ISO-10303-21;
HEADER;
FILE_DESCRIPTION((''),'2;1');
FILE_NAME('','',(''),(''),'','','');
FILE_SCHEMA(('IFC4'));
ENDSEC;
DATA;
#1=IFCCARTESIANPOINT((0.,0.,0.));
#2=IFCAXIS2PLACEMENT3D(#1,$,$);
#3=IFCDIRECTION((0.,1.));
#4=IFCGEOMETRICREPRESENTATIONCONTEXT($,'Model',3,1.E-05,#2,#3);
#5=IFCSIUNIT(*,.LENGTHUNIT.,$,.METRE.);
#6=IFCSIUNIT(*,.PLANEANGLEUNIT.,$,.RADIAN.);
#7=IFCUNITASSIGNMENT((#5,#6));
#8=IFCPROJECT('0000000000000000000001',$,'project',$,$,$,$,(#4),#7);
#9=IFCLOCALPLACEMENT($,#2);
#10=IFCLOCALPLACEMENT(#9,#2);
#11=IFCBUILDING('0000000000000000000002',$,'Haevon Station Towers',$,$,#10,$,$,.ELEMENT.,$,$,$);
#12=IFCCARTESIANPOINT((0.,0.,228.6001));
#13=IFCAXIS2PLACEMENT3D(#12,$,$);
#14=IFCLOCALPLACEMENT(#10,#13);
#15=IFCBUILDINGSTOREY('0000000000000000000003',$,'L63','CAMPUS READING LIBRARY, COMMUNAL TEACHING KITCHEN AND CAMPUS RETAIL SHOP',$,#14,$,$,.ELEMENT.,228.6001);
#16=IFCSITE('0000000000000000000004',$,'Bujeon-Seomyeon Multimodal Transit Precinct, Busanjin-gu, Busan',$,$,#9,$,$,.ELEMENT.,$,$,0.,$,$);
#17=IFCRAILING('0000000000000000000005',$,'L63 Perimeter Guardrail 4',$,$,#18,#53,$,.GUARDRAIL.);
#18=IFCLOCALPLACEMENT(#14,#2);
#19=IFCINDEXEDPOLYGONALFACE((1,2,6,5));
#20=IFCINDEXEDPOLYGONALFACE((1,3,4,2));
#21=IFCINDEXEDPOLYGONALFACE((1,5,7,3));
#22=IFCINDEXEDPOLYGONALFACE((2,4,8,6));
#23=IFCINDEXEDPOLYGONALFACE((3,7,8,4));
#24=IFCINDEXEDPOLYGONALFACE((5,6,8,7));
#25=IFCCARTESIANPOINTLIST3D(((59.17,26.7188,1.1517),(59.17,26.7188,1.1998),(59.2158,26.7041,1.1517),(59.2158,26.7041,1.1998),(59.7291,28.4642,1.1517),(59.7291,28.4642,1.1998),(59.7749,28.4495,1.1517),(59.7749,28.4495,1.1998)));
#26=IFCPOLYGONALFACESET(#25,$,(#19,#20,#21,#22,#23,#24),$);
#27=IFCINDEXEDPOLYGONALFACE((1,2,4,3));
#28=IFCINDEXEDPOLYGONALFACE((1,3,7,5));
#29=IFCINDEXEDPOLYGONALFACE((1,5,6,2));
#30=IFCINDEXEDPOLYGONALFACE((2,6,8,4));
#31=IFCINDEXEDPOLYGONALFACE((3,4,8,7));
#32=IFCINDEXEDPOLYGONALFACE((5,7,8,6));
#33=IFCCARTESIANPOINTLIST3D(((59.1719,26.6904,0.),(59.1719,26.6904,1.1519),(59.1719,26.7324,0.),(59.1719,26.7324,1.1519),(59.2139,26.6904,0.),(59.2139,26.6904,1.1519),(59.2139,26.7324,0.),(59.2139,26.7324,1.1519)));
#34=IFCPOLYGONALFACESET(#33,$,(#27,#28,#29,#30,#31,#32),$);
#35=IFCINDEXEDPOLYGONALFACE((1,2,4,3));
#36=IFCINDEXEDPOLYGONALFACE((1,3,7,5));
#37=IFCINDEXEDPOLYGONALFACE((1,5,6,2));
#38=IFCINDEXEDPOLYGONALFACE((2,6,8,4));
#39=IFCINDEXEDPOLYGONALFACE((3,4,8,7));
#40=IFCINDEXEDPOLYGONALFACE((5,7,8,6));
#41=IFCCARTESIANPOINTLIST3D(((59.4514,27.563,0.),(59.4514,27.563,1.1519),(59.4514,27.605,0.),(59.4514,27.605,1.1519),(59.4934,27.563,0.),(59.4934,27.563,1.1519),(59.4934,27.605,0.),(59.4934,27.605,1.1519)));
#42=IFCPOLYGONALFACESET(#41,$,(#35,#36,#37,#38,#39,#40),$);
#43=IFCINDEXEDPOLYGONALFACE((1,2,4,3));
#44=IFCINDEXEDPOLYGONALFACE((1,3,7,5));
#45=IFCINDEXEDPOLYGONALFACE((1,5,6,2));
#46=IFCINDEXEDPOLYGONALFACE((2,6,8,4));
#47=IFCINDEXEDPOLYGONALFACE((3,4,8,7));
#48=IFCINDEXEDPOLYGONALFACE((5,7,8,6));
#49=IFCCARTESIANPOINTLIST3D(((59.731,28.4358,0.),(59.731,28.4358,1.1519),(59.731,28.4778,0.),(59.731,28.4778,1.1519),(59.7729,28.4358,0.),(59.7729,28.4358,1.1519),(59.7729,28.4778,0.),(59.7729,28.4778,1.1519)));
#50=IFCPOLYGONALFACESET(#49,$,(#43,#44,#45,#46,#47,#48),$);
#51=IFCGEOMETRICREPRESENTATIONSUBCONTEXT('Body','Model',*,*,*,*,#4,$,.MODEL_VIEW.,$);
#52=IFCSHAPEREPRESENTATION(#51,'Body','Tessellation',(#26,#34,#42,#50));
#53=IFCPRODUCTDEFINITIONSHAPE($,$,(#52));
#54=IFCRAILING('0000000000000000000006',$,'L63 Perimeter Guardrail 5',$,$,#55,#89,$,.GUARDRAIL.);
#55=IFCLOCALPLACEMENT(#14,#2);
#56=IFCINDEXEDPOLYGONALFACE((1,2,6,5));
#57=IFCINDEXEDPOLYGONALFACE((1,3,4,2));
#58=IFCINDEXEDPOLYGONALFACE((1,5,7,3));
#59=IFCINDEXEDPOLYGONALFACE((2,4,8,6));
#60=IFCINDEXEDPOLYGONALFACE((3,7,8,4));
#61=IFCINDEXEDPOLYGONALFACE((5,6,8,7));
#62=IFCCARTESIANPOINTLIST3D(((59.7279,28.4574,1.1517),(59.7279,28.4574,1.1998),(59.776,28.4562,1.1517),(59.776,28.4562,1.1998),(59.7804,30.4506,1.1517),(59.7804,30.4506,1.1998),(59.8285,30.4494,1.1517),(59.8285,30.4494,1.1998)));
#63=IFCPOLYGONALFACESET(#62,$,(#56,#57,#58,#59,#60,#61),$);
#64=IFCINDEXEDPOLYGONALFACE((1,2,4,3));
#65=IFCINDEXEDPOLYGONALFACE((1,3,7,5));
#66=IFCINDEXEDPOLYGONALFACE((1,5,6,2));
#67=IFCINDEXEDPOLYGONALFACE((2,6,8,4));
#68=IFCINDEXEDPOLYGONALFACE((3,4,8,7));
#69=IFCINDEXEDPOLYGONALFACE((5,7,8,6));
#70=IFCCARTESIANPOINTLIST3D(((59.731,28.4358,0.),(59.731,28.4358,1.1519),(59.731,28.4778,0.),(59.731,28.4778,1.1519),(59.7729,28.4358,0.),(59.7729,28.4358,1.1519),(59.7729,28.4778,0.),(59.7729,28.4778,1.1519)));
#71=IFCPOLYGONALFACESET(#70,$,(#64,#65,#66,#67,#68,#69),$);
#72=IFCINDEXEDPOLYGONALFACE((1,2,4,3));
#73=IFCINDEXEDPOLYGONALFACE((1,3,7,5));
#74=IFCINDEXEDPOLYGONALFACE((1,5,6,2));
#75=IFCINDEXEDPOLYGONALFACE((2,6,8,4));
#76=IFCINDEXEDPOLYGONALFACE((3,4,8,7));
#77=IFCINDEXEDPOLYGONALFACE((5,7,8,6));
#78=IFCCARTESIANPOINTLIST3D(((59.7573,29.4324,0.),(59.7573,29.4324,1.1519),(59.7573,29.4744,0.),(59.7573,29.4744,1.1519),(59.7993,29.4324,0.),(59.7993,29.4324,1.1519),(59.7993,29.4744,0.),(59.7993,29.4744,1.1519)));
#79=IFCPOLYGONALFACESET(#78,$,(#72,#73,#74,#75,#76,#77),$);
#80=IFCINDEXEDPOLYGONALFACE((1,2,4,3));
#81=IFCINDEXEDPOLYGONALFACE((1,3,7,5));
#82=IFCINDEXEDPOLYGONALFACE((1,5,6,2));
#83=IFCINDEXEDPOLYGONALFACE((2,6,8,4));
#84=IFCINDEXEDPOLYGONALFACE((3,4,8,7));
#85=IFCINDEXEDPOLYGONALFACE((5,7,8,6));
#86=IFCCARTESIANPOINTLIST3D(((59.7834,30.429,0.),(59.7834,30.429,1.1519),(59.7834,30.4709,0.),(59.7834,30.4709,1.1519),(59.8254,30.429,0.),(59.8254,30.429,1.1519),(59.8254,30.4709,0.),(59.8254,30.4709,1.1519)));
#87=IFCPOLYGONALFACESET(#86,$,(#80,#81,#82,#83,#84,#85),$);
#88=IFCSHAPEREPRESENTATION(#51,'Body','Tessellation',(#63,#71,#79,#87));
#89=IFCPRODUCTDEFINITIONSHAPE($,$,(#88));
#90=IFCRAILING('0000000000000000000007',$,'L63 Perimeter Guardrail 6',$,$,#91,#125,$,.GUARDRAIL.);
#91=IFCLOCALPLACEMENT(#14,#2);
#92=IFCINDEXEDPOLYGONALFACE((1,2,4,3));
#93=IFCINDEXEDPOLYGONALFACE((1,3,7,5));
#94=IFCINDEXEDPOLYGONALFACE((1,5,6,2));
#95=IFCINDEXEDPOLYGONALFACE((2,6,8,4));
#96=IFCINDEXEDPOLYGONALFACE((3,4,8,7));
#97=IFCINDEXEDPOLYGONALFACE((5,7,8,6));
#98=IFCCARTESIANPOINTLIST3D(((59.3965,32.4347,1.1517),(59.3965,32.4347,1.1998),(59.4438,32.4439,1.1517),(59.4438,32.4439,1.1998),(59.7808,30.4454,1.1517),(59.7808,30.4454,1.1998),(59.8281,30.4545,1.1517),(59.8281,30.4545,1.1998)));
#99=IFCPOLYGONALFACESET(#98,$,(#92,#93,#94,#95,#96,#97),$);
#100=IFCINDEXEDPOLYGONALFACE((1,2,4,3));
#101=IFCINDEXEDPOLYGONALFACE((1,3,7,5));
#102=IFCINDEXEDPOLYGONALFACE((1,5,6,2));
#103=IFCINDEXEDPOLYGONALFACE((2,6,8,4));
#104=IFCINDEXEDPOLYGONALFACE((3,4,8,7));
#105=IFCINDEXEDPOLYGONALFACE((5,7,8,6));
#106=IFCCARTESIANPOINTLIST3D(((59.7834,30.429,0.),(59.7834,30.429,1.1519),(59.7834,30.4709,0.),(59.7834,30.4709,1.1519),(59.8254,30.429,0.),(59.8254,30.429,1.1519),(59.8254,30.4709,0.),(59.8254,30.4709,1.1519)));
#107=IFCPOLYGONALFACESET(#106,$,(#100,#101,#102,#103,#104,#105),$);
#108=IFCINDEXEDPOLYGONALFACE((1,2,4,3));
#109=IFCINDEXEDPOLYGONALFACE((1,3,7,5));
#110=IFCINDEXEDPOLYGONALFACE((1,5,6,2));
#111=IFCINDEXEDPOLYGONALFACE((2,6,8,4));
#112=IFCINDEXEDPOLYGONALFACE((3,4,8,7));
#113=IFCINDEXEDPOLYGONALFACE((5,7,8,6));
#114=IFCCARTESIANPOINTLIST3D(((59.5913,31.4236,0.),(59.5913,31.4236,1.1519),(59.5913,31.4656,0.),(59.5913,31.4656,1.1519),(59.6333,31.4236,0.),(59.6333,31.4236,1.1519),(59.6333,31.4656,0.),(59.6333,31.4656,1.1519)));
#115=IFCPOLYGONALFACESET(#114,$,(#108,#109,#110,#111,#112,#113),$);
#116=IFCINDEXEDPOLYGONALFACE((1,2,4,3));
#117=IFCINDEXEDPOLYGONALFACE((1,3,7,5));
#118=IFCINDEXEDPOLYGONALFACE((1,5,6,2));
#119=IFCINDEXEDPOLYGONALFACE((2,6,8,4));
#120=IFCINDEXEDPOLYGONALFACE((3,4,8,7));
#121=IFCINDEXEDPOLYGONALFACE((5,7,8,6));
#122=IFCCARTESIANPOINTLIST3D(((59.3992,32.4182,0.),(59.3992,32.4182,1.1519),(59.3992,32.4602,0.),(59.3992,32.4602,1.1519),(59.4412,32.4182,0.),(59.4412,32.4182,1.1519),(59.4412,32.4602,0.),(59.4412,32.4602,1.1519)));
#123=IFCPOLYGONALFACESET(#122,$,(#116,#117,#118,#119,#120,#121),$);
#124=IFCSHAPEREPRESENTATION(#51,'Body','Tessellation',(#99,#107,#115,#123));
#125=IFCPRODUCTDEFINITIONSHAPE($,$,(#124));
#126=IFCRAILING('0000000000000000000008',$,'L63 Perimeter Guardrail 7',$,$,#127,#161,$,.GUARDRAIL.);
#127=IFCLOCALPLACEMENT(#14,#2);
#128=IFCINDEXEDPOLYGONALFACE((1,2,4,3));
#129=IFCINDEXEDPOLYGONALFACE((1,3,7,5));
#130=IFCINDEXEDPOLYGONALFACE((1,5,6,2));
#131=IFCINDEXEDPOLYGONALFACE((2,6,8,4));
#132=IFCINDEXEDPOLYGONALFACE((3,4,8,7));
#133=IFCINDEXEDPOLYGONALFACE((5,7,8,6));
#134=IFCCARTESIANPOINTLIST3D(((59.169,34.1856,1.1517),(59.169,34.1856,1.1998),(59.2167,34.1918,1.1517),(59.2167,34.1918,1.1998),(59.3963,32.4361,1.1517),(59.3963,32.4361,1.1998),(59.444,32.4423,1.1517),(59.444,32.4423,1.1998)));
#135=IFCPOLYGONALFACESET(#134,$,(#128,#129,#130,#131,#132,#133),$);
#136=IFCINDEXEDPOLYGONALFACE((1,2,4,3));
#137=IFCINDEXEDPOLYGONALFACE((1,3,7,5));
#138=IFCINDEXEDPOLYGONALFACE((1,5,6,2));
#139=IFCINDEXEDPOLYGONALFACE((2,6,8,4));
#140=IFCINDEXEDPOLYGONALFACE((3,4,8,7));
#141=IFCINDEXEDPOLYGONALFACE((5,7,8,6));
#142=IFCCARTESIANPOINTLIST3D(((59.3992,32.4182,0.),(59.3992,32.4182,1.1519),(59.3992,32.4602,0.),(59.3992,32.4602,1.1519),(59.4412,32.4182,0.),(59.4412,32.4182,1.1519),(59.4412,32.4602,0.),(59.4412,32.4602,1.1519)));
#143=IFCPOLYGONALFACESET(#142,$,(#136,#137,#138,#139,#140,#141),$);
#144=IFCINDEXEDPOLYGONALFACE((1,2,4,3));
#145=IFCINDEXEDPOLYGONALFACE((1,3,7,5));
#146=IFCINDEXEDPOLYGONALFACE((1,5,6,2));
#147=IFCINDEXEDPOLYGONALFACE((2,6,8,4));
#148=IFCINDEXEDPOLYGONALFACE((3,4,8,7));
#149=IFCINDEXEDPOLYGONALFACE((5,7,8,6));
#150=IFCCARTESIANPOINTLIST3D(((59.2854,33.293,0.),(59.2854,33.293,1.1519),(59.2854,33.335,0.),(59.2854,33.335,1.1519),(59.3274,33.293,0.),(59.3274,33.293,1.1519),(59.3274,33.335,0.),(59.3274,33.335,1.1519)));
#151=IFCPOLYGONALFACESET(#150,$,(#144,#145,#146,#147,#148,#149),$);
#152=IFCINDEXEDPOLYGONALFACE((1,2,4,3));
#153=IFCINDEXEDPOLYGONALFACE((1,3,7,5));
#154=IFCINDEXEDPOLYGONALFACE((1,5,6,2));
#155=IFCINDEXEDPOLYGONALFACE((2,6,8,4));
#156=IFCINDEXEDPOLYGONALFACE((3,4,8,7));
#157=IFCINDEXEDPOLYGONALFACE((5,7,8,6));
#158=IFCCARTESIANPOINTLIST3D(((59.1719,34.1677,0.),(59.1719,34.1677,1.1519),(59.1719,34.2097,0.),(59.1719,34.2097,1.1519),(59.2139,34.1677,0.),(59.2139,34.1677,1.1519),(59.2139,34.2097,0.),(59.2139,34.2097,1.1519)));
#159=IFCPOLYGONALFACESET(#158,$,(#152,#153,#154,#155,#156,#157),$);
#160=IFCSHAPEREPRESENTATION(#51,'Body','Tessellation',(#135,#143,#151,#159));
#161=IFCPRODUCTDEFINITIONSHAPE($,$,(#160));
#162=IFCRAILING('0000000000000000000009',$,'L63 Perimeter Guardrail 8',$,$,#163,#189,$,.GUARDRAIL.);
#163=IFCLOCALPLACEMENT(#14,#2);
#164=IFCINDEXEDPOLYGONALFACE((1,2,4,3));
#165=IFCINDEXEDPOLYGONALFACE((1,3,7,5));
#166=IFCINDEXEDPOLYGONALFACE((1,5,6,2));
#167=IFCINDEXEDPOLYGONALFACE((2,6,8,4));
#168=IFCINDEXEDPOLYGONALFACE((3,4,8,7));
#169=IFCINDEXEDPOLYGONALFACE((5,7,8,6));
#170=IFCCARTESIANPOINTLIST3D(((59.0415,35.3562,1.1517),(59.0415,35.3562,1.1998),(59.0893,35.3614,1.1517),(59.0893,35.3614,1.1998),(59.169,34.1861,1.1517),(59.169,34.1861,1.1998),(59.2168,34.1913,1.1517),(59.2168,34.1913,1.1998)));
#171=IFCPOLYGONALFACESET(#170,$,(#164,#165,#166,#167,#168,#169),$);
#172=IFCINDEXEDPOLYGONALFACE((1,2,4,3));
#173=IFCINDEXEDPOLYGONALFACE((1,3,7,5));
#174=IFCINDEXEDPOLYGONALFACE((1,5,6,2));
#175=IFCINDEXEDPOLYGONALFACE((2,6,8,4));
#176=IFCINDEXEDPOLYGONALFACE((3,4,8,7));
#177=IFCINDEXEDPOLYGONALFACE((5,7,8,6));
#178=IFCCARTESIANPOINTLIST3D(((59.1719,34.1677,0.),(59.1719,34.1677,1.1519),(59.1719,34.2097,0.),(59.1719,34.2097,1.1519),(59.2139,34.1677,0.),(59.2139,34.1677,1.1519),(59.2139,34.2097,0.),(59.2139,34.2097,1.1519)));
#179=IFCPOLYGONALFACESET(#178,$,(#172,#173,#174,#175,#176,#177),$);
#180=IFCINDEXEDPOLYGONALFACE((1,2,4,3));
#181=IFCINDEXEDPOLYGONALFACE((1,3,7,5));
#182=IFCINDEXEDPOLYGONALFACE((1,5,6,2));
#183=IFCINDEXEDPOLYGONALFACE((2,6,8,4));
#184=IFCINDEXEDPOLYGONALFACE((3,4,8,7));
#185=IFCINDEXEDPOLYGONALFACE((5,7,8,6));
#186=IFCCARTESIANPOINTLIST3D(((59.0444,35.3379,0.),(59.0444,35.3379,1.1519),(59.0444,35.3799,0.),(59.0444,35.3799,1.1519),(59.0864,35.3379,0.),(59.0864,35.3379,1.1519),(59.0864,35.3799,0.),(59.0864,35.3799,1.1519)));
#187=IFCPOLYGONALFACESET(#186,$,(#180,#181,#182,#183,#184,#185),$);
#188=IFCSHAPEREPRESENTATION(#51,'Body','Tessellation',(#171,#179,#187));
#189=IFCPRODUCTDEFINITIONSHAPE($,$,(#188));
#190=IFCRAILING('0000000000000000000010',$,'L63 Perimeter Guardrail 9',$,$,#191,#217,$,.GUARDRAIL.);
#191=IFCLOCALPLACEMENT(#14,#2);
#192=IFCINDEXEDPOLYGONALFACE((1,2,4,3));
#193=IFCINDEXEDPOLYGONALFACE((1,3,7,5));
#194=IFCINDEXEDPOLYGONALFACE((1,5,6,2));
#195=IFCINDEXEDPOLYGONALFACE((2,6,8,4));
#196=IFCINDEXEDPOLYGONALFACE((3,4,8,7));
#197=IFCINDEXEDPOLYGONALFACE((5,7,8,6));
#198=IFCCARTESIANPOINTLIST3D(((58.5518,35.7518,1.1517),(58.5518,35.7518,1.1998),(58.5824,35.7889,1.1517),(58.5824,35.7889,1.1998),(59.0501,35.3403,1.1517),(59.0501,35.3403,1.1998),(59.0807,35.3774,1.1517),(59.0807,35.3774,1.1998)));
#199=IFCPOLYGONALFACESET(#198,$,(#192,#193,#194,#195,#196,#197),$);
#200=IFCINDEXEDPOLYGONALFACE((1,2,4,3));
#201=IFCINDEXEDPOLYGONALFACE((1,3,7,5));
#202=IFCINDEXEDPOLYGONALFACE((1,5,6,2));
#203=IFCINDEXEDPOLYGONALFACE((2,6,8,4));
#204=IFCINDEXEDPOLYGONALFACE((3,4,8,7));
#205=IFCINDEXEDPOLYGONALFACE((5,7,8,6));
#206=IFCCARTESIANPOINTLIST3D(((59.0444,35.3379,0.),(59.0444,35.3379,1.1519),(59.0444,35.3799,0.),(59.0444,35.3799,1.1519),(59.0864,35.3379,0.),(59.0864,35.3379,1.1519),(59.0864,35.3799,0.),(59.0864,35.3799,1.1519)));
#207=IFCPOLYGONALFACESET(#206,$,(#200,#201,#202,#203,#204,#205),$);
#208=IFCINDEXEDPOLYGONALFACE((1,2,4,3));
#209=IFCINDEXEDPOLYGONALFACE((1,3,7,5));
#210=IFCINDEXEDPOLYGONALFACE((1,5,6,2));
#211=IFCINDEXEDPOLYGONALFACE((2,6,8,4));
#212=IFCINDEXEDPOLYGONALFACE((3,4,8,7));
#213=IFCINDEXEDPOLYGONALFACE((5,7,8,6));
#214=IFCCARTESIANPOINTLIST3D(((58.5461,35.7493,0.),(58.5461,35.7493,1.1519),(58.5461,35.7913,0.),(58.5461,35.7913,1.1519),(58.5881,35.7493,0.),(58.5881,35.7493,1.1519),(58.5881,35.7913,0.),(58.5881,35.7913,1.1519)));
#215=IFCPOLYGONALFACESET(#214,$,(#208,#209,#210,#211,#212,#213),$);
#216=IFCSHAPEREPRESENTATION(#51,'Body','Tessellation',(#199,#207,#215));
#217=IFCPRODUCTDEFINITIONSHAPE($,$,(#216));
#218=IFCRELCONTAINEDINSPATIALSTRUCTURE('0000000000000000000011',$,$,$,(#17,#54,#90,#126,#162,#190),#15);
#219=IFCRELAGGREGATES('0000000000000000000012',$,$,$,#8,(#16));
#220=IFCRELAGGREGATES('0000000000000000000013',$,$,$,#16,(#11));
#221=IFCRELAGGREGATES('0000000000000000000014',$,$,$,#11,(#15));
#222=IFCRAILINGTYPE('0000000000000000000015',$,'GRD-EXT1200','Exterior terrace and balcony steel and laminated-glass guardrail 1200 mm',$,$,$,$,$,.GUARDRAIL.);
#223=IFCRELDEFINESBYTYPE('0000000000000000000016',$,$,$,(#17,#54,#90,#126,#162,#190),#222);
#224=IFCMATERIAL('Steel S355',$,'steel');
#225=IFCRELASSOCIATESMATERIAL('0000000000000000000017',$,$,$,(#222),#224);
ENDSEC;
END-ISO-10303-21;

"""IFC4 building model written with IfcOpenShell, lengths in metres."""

from ifc_helpers import new_model, si_unit, direction, frame, origin, origin_2d, place, context, subcontext, project, spatial, rectangle, extrude, material, type_object, element, save


model = new_model("IFC4")

# Units and contexts
model_context = context("Model", 3, precision=1e-05, world=origin(), true_north=direction((0.0, 1.0)))
body_context = subcontext(model_context, "Body", "Model", "MODEL_VIEW")
ifc_project = project(units=[si_unit("LENGTHUNIT", "METRE"), si_unit("PLANEANGLEUNIT", "RADIAN")], contexts=[model_context])

# Site, building, storey
site_placement = place(None, origin())
site = spatial("IfcSite", under=ifc_project, at=site_placement, Name="Bujeon-Seomyeon Multimodal Transit Precinct, Busanjin-gu, Busan", CompositionType="ELEMENT", RefElevation=0.0)
building_placement = place(site_placement, origin())
building = spatial("IfcBuilding", under=site, at=building_placement, Name="Haevon Station Towers", CompositionType="ELEMENT")
storey_placement = place(building_placement, frame((0.0, 0.0, 228.6001)))
storey = spatial("IfcBuildingStorey", under=building, at=storey_placement, Name="L63", Description="CAMPUS READING LIBRARY, COMMUNAL TEACHING KITCHEN AND CAMPUS RETAIL SHOP", CompositionType="ELEMENT", Elevation=228.6001)

# Shared definitions
ifc_material_1 = material(Name="Steel S355", Category="steel")

# Railings
railing_type = type_object("IfcRailingType", Name="GRD-EXT1200", Description="Exterior terrace and balcony steel and laminated-glass guardrail 1200 mm", PredefinedType="GUARDRAIL", material=ifc_material_1)
railing_1_placement = place(storey_placement, frame((59.1929, 26.7114, 0.0)))
element("IfcRailing", 1, at=railing_1_placement, inside=storey, type_object=railing_type, Name="L63 Perimeter Guardrail 4", PredefinedType="GUARDRAIL", context=body_context, shape_type="SweptSolid", body=[
    extrude(rectangle(XDim=0.0481, YDim=0.0481, at=origin_2d()), frame((0.0, 0.0, 1.1758), z_axis=(0.305056, 0.952334, 0.0), x_axis=(-0.952334, 0.305056, 0.0)), (0.0, 0.0, 1.0), 1.8328),
    extrude(rectangle(XDim=0.042, YDim=0.042, at=origin_2d()), origin(), (0.0, 0.0, 1.0), 1.1519),
    extrude(rectangle(XDim=0.042, YDim=0.042, at=origin_2d()), frame((0.2795, 0.8726, 0.0)), (0.0, 0.0, 1.0), 1.1519),
    extrude(rectangle(XDim=0.042, YDim=0.042, at=origin_2d()), frame((0.5591, 1.7454, 0.0)), (0.0, 0.0, 1.0), 1.1519),
])
railing_2_placement = place(storey_placement, frame((59.752, 28.4568, 0.0)))
element("IfcRailing", 2, at=railing_2_placement, inside=storey, type_object=railing_type, Name="L63 Perimeter Guardrail 5", PredefinedType="GUARDRAIL", context=body_context, shape_type="SweptSolid", body=[
    extrude(rectangle(XDim=0.0481, YDim=0.0481, at=origin_2d()), frame((0.0, 0.0, 1.1758), z_axis=(0.026326, 0.999653, 0.0), x_axis=(-0.999653, 0.026326, 0.0)), (0.0, 0.0, 1.0), 1.9939),
    extrude(rectangle(XDim=0.042, YDim=0.042, at=origin_2d()), origin(), (0.0, 0.0, 1.0), 1.1519),
    extrude(rectangle(XDim=0.042, YDim=0.042, at=origin_2d()), frame((0.0264, 0.9966, 0.0)), (0.0, 0.0, 1.0), 1.1519),
    extrude(rectangle(XDim=0.042, YDim=0.042, at=origin_2d()), frame((0.0525, 1.9932, 0.0)), (0.0, 0.0, 1.0), 1.1519),
])
railing_3_placement = place(storey_placement, frame((59.8044, 30.45, 0.0)))
element("IfcRailing", 3, at=railing_3_placement, inside=storey, type_object=railing_type, Name="L63 Perimeter Guardrail 6", PredefinedType="GUARDRAIL", context=body_context, shape_type="SweptSolid", body=[
    extrude(rectangle(XDim=0.0481, YDim=0.0481, at=origin_2d()), frame((0.0, 0.0, 1.1758), z_axis=(-0.18967, 0.981848, 0.0), x_axis=(-0.981848, -0.18967, 0.0)), (0.0, 0.0, 1.0), 2.0261),
    extrude(rectangle(XDim=0.042, YDim=0.042, at=origin_2d()), origin(), (0.0, 0.0, 1.0), 1.1519),
    extrude(rectangle(XDim=0.042, YDim=0.042, at=origin_2d()), frame((-0.1921, 0.9946, 0.0)), (0.0, 0.0, 1.0), 1.1519),
    extrude(rectangle(XDim=0.042, YDim=0.042, at=origin_2d()), frame((-0.3843, 1.9893, 0.0)), (0.0, 0.0, 1.0), 1.1519),
])
railing_4_placement = place(storey_placement, frame((59.4202, 32.4392, 0.0)))
element("IfcRailing", 4, at=railing_4_placement, inside=storey, type_object=railing_type, Name="L63 Perimeter Guardrail 7", PredefinedType="GUARDRAIL", context=body_context, shape_type="SweptSolid", body=[
    extrude(rectangle(XDim=0.0481, YDim=0.0481, at=origin_2d()), frame((0.0, 0.0, 1.1758), z_axis=(-0.128836, 0.991666, 0.0), x_axis=(-0.991666, -0.128836, 0.0)), (0.0, 0.0, 1.0), 1.7642),
    extrude(rectangle(XDim=0.042, YDim=0.042, at=origin_2d()), origin(), (0.0, 0.0, 1.0), 1.1519),
    extrude(rectangle(XDim=0.042, YDim=0.042, at=origin_2d()), frame((-0.1138, 0.8748, 0.0)), (0.0, 0.0, 1.0), 1.1519),
    extrude(rectangle(XDim=0.042, YDim=0.042, at=origin_2d()), frame((-0.2273, 1.7495, 0.0)), (0.0, 0.0, 1.0), 1.1519),
])
railing_5_placement = place(storey_placement, frame((59.1929, 34.1887, 0.0)))
element("IfcRailing", 5, at=railing_5_placement, inside=storey, type_object=railing_type, Name="L63 Perimeter Guardrail 8", PredefinedType="GUARDRAIL", context=body_context, shape_type="SweptSolid", body=[
    extrude(rectangle(XDim=0.0481, YDim=0.0481, at=origin_2d()), frame((0.0, 0.0, 1.1758), z_axis=(-0.108269, 0.994122, 0.0), x_axis=(-0.994122, -0.108269, 0.0)), (0.0, 0.0, 1.0), 1.177),
    extrude(rectangle(XDim=0.042, YDim=0.042, at=origin_2d()), origin(), (0.0, 0.0, 1.0), 1.1519),
    extrude(rectangle(XDim=0.042, YDim=0.042, at=origin_2d()), frame((-0.1274, 1.1702, 0.0)), (0.0, 0.0, 1.0), 1.1519),
])
railing_6_placement = place(storey_placement, frame((59.0654, 35.3589, 0.0)))
element("IfcRailing", 6, at=railing_6_placement, inside=storey, type_object=railing_type, Name="L63 Perimeter Guardrail 9", PredefinedType="GUARDRAIL", context=body_context, shape_type="SweptSolid", body=[
    extrude(rectangle(XDim=0.0481, YDim=0.0481, at=origin_2d()), frame((0.0, 0.0, 1.1758), z_axis=(-0.771155, 0.636647, 0.0), x_axis=(-0.636647, -0.771155, 0.0)), (0.0, 0.0, 1.0), 0.6462),
    extrude(rectangle(XDim=0.042, YDim=0.042, at=origin_2d()), origin(), (0.0, 0.0, 1.0), 1.1519),
    extrude(rectangle(XDim=0.042, YDim=0.042, at=origin_2d()), frame((-0.4983, 0.4114, 0.0)), (0.0, 0.0, 1.0), 1.1519),
])

save(model, "model.ifc")
